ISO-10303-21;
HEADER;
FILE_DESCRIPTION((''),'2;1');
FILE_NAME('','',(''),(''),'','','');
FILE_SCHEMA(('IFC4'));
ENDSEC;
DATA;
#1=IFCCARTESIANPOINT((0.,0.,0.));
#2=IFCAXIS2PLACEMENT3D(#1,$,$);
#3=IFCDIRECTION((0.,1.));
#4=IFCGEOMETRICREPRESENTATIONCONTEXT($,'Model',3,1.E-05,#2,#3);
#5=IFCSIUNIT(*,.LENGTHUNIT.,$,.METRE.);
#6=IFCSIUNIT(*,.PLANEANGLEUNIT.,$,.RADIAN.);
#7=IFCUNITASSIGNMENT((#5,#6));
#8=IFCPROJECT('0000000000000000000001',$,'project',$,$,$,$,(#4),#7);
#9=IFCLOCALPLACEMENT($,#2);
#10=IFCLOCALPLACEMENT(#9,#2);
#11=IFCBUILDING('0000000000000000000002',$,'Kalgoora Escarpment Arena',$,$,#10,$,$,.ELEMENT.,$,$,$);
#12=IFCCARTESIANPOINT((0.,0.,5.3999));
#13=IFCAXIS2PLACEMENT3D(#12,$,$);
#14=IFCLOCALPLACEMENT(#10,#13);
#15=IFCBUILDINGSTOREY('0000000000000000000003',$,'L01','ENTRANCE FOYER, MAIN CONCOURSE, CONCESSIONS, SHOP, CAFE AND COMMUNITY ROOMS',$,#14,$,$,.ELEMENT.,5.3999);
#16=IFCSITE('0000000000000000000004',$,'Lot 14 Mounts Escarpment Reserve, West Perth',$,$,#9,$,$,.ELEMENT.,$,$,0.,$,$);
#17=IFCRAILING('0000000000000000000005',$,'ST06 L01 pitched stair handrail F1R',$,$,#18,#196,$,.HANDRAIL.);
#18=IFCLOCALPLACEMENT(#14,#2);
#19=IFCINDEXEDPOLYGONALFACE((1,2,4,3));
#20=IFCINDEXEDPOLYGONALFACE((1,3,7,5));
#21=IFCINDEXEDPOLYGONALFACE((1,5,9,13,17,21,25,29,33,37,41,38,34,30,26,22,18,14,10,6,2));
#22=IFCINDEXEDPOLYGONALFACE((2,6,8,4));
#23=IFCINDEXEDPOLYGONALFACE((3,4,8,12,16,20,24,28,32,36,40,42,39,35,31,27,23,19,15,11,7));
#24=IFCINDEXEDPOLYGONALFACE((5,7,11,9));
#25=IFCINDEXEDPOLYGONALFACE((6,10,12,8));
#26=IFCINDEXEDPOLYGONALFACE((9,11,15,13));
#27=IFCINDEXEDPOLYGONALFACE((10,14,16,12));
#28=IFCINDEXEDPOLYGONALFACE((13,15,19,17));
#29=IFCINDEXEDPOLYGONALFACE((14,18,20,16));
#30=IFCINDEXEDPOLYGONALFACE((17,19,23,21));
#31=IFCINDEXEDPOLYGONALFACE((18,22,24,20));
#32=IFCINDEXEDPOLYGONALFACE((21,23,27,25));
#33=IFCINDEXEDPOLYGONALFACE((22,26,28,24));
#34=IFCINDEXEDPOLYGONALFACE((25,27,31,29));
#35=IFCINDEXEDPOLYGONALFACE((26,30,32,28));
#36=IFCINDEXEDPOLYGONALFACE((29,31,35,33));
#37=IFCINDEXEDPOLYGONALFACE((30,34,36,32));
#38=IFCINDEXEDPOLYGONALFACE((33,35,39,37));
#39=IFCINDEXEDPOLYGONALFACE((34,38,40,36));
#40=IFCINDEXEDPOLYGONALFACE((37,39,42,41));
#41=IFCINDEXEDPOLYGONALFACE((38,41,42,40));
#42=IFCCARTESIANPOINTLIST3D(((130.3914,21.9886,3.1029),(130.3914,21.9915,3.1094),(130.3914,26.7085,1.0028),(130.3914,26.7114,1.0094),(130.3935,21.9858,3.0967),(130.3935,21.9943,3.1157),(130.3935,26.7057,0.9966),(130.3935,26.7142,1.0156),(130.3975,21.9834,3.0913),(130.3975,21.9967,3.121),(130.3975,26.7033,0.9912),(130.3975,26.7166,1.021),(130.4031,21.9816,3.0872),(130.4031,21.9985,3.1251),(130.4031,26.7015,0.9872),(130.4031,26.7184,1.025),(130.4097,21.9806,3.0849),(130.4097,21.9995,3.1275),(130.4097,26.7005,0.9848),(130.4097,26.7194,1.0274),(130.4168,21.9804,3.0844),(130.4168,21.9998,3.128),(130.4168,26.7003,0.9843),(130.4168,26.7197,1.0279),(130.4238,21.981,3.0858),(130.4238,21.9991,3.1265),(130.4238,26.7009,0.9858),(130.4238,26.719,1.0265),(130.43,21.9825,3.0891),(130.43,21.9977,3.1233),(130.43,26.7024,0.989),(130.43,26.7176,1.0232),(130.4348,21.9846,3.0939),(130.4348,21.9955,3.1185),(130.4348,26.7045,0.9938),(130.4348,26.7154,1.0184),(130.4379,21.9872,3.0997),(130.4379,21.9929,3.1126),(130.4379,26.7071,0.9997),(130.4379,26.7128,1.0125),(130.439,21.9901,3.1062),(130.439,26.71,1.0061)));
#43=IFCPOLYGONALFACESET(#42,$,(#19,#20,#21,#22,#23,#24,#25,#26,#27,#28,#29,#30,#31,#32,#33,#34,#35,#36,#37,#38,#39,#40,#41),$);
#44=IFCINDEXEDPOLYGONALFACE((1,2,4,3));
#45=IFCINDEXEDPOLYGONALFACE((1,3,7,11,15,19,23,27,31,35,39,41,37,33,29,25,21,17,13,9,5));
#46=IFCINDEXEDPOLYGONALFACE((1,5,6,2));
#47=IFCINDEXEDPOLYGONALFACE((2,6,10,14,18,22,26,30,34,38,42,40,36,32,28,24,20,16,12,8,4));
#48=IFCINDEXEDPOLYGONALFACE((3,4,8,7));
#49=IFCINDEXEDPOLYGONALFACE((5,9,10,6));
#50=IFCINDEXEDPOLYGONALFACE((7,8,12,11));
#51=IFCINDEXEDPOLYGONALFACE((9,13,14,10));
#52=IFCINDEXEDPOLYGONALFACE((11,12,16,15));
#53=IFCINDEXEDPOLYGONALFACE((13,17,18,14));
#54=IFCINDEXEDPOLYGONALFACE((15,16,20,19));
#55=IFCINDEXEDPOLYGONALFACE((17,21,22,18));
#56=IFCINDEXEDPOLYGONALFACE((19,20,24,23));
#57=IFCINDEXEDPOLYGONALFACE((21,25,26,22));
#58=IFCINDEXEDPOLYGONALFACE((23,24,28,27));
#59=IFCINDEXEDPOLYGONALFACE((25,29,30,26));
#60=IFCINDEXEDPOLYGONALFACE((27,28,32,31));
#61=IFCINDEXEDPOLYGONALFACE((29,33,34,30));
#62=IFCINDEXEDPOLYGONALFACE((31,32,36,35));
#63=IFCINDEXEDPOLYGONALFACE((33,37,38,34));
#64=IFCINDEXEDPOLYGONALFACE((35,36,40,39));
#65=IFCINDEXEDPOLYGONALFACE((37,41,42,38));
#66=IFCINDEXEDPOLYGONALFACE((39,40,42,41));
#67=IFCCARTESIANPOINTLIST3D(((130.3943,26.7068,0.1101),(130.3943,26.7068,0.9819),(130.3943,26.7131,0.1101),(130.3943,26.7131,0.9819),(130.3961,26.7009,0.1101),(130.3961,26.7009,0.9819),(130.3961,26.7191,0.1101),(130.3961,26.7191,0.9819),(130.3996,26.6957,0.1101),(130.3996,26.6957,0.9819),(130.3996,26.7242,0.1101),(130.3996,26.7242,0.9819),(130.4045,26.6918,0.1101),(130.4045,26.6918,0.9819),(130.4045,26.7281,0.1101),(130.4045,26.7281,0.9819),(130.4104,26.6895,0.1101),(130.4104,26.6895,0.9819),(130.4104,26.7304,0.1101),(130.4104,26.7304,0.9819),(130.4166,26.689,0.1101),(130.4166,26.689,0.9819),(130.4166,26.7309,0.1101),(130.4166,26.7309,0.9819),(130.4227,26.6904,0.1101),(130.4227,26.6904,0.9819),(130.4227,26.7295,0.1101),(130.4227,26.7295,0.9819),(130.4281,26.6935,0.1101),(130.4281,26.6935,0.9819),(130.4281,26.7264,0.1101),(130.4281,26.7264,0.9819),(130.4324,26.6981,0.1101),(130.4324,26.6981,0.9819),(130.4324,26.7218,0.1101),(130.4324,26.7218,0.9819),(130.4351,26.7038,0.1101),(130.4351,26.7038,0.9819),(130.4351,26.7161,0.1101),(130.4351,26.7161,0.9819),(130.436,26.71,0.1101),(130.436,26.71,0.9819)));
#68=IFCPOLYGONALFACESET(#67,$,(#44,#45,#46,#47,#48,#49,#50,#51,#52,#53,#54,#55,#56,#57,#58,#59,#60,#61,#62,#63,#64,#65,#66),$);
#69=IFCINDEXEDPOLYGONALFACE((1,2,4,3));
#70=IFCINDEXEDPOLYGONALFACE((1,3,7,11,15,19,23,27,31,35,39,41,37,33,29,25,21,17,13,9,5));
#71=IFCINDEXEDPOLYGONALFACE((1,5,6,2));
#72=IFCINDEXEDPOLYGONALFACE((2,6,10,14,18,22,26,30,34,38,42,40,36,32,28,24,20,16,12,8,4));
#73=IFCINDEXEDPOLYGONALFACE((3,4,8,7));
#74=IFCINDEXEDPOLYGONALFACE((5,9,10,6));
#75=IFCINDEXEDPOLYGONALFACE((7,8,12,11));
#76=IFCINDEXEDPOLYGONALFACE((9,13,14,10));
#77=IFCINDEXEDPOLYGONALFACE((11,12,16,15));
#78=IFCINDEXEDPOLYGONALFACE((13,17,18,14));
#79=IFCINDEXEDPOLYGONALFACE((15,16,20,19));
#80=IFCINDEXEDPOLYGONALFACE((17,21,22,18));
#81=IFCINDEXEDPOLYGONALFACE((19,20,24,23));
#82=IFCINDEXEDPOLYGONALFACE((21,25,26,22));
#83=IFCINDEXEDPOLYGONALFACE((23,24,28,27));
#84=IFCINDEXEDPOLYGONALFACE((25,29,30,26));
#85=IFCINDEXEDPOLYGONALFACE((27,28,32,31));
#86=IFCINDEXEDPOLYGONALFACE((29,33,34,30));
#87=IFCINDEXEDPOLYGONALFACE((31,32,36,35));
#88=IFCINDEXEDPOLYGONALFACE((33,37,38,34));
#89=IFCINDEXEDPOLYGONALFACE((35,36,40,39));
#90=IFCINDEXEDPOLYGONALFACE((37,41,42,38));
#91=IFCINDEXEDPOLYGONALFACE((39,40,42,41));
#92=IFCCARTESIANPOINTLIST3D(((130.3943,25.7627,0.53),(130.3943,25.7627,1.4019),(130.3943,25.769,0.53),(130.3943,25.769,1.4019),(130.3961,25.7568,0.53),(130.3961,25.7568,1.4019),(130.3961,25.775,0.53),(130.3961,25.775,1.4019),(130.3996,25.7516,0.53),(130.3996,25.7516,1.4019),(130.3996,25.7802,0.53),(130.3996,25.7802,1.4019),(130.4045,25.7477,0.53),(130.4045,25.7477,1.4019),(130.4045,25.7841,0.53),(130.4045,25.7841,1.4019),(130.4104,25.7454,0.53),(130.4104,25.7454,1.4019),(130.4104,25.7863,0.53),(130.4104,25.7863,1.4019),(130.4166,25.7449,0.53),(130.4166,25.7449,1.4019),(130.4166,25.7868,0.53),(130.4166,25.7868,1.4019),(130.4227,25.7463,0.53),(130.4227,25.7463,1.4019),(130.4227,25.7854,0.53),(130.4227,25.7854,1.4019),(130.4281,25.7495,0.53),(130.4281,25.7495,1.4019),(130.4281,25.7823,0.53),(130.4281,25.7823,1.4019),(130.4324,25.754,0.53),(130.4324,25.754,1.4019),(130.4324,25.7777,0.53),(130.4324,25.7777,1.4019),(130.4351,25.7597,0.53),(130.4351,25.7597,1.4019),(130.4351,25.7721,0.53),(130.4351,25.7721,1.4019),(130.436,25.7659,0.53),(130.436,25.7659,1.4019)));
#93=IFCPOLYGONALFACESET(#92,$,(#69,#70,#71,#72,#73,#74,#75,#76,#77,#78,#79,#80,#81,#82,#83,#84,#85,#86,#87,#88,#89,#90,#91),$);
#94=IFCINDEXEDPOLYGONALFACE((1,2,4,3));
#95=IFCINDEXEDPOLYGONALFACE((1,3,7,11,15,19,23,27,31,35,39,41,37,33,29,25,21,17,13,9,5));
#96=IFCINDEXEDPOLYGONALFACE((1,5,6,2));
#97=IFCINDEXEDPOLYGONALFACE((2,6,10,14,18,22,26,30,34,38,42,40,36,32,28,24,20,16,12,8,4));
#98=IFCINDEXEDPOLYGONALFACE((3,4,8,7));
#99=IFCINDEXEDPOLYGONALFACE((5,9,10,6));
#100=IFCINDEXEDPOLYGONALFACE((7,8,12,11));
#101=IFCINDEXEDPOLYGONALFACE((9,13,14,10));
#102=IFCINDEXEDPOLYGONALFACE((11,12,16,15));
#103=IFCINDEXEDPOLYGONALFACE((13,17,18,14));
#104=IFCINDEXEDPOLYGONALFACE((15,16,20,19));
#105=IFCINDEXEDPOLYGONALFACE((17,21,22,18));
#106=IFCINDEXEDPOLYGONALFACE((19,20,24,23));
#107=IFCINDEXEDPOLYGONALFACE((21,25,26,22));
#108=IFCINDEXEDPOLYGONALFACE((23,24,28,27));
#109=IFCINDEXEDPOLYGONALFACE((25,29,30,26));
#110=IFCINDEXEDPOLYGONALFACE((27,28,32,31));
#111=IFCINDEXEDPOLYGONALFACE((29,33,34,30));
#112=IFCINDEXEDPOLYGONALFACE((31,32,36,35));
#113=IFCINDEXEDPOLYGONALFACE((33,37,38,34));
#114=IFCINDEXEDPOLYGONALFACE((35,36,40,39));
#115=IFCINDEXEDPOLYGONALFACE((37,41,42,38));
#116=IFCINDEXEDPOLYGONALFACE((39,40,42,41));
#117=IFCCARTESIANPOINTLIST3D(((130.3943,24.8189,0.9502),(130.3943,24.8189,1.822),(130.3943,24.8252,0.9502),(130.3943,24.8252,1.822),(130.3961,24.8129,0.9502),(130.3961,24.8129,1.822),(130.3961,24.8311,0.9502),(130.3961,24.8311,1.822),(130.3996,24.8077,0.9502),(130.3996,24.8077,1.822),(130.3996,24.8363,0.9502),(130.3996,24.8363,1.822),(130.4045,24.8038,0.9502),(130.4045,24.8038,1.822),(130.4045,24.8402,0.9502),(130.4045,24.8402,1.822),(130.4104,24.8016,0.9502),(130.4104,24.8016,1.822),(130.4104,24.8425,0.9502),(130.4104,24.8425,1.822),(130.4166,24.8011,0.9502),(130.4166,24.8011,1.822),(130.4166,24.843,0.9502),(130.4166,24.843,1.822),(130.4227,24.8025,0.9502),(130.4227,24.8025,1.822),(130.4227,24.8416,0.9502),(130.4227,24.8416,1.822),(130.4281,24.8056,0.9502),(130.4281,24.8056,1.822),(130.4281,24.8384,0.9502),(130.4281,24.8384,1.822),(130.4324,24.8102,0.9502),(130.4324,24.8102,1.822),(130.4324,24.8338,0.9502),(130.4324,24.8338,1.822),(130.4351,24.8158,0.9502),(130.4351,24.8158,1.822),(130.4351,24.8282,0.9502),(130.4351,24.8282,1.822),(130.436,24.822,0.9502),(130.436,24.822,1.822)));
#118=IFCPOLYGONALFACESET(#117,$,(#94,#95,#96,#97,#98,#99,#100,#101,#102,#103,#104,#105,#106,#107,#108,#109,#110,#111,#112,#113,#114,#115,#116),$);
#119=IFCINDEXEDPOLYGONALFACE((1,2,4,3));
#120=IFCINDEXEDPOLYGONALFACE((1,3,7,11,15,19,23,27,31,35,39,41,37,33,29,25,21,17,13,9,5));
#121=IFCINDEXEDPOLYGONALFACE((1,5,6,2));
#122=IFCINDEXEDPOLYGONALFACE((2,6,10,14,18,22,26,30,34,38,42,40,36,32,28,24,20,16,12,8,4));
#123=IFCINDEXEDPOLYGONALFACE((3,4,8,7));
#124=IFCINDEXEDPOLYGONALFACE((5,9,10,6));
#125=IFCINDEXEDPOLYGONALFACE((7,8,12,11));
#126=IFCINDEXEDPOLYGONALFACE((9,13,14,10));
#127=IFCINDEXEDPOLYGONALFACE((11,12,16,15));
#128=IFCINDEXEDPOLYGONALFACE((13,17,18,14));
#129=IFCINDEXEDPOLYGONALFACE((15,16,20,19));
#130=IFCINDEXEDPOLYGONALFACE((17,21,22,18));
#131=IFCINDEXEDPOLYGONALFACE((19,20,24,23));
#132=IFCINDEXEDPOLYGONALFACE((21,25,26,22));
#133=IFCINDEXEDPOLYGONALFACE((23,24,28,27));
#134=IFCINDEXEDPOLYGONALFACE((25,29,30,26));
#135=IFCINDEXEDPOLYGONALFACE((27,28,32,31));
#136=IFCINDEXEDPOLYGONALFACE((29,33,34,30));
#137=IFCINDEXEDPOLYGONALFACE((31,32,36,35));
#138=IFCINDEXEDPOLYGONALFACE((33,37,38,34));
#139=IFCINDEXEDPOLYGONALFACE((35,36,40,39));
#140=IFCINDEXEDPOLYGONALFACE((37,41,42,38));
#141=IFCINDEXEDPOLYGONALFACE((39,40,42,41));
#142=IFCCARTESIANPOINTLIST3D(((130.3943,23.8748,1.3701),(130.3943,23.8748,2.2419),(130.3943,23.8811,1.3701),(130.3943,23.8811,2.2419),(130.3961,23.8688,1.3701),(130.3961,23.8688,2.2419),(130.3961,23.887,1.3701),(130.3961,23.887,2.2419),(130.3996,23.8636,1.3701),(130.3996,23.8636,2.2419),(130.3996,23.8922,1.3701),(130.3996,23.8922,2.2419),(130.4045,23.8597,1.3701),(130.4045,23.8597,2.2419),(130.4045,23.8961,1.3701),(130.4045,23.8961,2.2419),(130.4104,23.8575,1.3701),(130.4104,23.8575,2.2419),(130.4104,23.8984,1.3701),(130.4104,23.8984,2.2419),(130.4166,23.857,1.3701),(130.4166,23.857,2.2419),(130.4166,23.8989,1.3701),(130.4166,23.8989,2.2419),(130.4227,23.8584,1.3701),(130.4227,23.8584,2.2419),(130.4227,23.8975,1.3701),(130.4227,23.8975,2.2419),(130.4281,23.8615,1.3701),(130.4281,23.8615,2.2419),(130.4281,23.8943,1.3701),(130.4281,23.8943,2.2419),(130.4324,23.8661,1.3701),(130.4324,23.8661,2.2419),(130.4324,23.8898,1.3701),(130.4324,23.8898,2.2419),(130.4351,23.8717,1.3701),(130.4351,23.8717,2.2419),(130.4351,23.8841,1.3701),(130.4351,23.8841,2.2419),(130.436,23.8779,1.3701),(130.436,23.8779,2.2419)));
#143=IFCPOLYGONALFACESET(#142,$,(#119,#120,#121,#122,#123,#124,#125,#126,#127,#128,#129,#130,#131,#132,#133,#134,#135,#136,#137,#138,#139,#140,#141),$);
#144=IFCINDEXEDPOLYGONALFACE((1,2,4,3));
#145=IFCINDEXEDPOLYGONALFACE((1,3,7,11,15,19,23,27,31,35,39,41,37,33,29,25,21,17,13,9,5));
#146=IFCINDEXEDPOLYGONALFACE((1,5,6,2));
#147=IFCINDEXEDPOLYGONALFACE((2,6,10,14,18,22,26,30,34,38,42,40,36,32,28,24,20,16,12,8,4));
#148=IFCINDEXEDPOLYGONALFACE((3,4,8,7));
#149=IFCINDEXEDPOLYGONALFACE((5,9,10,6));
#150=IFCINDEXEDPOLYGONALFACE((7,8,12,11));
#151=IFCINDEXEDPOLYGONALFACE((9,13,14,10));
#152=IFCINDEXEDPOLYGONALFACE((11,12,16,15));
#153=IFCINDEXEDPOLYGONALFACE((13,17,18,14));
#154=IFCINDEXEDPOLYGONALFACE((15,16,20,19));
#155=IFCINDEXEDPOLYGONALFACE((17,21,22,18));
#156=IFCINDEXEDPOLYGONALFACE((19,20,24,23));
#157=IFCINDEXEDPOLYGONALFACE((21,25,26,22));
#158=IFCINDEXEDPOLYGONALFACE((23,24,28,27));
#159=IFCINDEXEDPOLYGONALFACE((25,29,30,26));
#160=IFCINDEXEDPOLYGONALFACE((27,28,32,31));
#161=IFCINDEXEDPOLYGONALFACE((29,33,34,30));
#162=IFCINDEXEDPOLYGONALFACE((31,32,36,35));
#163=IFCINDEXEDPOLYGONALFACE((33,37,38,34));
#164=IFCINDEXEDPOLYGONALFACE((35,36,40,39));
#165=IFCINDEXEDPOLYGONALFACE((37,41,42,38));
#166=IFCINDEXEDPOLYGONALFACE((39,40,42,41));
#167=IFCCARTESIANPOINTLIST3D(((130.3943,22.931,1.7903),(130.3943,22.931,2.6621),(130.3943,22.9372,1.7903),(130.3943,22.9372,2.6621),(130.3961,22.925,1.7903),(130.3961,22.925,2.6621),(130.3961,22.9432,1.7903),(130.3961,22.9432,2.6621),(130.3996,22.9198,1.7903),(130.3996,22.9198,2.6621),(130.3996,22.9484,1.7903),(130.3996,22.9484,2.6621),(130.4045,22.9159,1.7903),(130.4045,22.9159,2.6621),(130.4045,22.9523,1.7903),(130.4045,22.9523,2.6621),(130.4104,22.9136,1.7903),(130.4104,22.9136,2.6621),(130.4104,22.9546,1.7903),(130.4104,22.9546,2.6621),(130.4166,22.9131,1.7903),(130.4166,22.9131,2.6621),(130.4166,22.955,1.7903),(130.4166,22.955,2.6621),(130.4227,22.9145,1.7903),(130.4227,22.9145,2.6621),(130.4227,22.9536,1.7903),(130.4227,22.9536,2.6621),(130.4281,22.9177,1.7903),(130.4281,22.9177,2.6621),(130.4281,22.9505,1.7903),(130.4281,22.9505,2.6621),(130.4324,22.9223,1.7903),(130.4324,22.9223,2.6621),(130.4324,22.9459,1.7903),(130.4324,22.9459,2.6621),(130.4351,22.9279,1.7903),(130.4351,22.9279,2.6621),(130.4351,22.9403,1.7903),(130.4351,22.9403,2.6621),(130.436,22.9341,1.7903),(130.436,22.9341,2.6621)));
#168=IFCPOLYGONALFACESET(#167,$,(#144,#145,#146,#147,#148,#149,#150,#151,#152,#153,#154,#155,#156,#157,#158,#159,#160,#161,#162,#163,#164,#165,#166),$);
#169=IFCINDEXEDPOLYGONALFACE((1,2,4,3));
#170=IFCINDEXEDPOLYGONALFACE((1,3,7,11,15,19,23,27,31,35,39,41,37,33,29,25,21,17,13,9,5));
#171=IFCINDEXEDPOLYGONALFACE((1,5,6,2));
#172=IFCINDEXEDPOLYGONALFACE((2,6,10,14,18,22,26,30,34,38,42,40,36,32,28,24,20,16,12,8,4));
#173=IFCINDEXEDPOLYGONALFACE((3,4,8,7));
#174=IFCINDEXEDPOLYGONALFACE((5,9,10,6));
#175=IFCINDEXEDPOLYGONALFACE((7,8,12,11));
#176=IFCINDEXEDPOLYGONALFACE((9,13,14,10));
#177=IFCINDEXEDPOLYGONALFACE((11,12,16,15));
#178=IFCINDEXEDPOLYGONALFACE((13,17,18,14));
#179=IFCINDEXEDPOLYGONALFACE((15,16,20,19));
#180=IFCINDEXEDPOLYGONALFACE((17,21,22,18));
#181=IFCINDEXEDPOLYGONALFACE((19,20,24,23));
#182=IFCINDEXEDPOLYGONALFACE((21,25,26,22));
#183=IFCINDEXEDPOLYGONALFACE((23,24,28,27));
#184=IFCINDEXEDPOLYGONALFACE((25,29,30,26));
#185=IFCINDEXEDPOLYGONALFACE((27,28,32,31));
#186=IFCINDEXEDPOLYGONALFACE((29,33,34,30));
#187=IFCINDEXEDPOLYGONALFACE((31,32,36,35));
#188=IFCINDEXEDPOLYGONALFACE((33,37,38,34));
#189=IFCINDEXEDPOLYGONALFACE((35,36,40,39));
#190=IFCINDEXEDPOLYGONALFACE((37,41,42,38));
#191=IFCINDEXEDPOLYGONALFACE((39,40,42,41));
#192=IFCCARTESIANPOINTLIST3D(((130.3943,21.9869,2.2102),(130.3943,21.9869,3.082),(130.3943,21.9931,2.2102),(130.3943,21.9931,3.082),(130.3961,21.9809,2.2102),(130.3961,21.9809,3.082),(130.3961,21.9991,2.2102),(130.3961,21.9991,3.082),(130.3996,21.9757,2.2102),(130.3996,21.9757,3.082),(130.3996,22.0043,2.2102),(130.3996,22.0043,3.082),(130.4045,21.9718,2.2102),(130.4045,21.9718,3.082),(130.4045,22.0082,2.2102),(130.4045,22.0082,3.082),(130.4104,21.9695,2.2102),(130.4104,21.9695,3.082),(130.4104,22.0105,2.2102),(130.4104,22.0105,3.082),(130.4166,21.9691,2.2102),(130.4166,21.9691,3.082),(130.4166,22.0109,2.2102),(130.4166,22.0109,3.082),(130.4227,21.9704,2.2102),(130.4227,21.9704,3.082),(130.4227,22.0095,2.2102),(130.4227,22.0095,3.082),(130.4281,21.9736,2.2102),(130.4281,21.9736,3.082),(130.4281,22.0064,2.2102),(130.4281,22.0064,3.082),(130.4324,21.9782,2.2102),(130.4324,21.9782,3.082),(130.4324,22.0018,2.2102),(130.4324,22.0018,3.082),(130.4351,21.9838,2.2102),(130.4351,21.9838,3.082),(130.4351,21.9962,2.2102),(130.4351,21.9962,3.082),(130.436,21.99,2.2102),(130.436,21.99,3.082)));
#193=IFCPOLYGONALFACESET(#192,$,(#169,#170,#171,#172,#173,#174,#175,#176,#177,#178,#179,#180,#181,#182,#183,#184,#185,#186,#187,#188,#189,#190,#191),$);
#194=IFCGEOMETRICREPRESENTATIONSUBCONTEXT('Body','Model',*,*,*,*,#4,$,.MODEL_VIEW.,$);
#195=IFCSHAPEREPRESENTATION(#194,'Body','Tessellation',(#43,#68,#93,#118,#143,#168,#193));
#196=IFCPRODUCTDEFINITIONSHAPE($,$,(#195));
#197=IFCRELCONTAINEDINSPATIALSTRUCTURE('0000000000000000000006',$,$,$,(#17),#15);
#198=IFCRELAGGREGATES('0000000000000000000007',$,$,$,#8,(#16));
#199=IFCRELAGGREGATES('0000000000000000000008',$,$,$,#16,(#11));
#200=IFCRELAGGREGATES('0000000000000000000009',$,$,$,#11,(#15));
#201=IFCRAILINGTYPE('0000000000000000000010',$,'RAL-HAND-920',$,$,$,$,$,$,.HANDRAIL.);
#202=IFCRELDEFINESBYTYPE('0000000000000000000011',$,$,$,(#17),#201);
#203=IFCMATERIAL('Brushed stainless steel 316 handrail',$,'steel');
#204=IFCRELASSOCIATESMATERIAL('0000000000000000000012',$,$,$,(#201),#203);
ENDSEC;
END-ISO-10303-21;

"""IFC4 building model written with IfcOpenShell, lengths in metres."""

from ifc_helpers import new_model, si_unit, direction, frame, origin, origin_2d, place, context, subcontext, project, spatial, circle, extrude, material, type_object, element, save


model = new_model("IFC4")

# Units and contexts
model_context = context("Model", 3, precision=1e-05, world=origin(), true_north=direction((0.0, 1.0)))
body_context = subcontext(model_context, "Body", "Model", "MODEL_VIEW")
ifc_project = project(units=[si_unit("LENGTHUNIT", "METRE"), si_unit("PLANEANGLEUNIT", "RADIAN")], contexts=[model_context])

# Site, building, storey
site_placement = place(None, origin())
site = spatial("IfcSite", under=ifc_project, at=site_placement, Name="Lot 14 Mounts Escarpment Reserve, West Perth", CompositionType="ELEMENT", RefElevation=0.0)
building_placement = place(site_placement, origin())
building = spatial("IfcBuilding", under=site, at=building_placement, Name="Kalgoora Escarpment Arena", CompositionType="ELEMENT")
storey_placement = place(building_placement, frame((0.0, 0.0, 5.3999)))
storey = spatial("IfcBuildingStorey", under=building, at=storey_placement, Name="L01", Description="ENTRANCE FOYER, MAIN CONCOURSE, CONCESSIONS, SHOP, CAFE AND COMMUNITY ROOMS", CompositionType="ELEMENT", Elevation=5.3999)

# Railing
ifc_material_1 = material(Name="Brushed stainless steel 316 handrail", Category="steel")
railing_type_1 = type_object("IfcRailingType", Name="RAL-HAND-920", PredefinedType="HANDRAIL", material=ifc_material_1)
for number, where, name in (
    (1, (130.415, 26.71, 0.1101), "ST06 L01 pitched stair handrail F1R"),
):
    element("IfcRailing", number, at=place(storey_placement, frame(where)), inside=storey, type_object=railing_type_1, Name=name, PredefinedType="HANDRAIL", context=body_context, shape_type="SweptSolid", body=[
        extrude(circle(Radius=0.0239, at=origin_2d()), frame((0.0, 0.0, 0.896), z_axis=(0.0, -0.913644, 0.406516), x_axis=(1.0, 0.0, 0.0)), (0.0, 0.0, 1.0), 5.166),
        extrude(circle(Radius=0.021, at=origin_2d()), origin(), (0.0, 0.0, 1.0), 0.8718),
        extrude(circle(Radius=0.021, at=origin_2d()), frame((0.0, -0.9441, 0.4199)), (0.0, 0.0, 1.0), 0.8718),
        extrude(circle(Radius=0.021, at=origin_2d()), frame((0.0, -1.8879, 0.8401)), (0.0, 0.0, 1.0), 0.8718),
        extrude(circle(Radius=0.021, at=origin_2d()), frame((0.0, -2.832, 1.26)), (0.0, 0.0, 1.0), 0.8718),
        extrude(circle(Radius=0.021, at=origin_2d()), frame((0.0, -3.7759, 1.6802)), (0.0, 0.0, 1.0), 0.8718),
        extrude(circle(Radius=0.021, at=origin_2d()), frame((0.0, -4.72, 2.1001)), (0.0, 0.0, 1.0), 0.8718),
    ])

save(model, "model.ifc")
